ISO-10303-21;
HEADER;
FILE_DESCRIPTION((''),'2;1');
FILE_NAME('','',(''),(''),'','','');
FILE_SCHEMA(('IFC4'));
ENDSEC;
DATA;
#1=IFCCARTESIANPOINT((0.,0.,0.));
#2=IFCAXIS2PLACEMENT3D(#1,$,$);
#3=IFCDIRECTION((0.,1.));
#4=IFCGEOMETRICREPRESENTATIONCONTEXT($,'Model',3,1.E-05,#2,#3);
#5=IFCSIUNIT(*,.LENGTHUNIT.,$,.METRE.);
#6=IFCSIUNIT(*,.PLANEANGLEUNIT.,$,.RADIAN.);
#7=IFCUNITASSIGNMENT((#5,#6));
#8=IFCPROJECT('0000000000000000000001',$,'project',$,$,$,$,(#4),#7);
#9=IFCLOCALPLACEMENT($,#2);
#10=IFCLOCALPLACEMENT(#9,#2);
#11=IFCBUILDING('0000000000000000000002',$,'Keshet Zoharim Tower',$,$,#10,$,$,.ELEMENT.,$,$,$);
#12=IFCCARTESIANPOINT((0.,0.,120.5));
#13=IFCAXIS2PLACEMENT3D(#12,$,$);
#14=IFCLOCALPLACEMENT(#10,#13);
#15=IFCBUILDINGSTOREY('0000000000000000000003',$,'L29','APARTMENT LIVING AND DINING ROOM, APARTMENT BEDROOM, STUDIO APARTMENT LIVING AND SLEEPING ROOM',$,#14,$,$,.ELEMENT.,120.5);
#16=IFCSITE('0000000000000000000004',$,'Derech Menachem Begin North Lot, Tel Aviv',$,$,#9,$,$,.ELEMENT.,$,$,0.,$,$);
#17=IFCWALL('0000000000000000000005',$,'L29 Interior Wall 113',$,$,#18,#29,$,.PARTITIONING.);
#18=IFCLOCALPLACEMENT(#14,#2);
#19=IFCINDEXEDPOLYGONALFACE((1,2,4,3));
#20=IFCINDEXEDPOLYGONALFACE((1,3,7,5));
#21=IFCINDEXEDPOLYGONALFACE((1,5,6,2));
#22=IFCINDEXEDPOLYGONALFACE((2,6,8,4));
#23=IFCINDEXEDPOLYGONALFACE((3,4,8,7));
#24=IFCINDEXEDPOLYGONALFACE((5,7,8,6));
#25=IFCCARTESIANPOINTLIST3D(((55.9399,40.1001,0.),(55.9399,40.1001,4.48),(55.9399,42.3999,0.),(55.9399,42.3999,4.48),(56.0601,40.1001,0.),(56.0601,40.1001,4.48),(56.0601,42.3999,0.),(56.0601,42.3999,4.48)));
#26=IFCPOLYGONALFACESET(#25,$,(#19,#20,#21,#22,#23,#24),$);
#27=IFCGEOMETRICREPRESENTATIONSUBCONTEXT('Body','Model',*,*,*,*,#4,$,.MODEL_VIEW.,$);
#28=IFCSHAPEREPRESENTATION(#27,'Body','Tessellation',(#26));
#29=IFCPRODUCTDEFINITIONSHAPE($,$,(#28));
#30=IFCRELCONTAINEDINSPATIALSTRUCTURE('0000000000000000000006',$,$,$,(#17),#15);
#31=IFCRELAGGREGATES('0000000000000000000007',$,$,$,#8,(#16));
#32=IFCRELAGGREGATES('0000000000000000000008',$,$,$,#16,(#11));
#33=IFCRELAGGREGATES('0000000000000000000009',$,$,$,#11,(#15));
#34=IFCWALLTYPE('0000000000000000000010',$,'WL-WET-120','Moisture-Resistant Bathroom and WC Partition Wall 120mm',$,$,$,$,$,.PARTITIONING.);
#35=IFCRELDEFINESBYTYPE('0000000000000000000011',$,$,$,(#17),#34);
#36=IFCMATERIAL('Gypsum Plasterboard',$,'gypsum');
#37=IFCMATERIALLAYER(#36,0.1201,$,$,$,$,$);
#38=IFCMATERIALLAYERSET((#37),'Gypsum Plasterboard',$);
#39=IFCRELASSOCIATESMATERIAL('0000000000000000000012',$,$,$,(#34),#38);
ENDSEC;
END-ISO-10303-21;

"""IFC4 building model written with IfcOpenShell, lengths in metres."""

from ifc_helpers import new_model, si_unit, direction, frame, frame_2d, origin, place, context, subcontext, project, spatial, rectangle, extrude, material, layer, layer_set, type_object, element, save


model = new_model("IFC4")

# Units and contexts
model_context = context("Model", 3, precision=1e-05, world=origin(), true_north=direction((0.0, 1.0)))
body_context = subcontext(model_context, "Body", "Model", "MODEL_VIEW")
ifc_project = project(units=[si_unit("LENGTHUNIT", "METRE"), si_unit("PLANEANGLEUNIT", "RADIAN")], contexts=[model_context])

# Site, building, storey
site_placement = place(None, origin())
site = spatial("IfcSite", under=ifc_project, at=site_placement, Name="Derech Menachem Begin North Lot, Tel Aviv", CompositionType="ELEMENT", RefElevation=0.0)
building_placement = place(site_placement, origin())
building = spatial("IfcBuilding", under=site, at=building_placement, Name="Keshet Zoharim Tower", CompositionType="ELEMENT")
storey_placement = place(building_placement, frame((0.0, 0.0, 120.5)))
storey = spatial("IfcBuildingStorey", under=building, at=storey_placement, Name="L29", Description="APARTMENT LIVING AND DINING ROOM, APARTMENT BEDROOM, STUDIO APARTMENT LIVING AND SLEEPING ROOM", CompositionType="ELEMENT", Elevation=120.5)

# Shared definitions
ifc_material_1 = material(Name="Gypsum Plasterboard", Category="gypsum")

# Wall
ifc_layer_1 = layer(ifc_material_1, 0.1201)
ifc_layer_set_1 = layer_set([ifc_layer_1], Name="Gypsum Plasterboard")
wall_type_1 = type_object("IfcWallType", Name="WL-WET-120", Description="Moisture-Resistant Bathroom and WC Partition Wall 120mm", PredefinedType="PARTITIONING", material=ifc_layer_set_1)
for number, where, z_axis, x_axis, name in (
    (1, (56.0, 40.1001, 0.0), (0.0, 0.0, 1.0), (0.0, 1.0, 0.0), "L29 Interior Wall 113"),
):
    element("IfcWall", number, at=place(storey_placement, frame(where, z_axis=z_axis, x_axis=x_axis)), inside=storey, type_object=wall_type_1, Name=name, PredefinedType="PARTITIONING", context=body_context, shape_type="SweptSolid", body=[
        extrude(rectangle(XDim=2.2998, YDim=0.1201, at=frame_2d((1.1499, 0.0))), origin(), (0.0, 0.0, 1.0), 4.48),
    ])

save(model, "model.ifc")
